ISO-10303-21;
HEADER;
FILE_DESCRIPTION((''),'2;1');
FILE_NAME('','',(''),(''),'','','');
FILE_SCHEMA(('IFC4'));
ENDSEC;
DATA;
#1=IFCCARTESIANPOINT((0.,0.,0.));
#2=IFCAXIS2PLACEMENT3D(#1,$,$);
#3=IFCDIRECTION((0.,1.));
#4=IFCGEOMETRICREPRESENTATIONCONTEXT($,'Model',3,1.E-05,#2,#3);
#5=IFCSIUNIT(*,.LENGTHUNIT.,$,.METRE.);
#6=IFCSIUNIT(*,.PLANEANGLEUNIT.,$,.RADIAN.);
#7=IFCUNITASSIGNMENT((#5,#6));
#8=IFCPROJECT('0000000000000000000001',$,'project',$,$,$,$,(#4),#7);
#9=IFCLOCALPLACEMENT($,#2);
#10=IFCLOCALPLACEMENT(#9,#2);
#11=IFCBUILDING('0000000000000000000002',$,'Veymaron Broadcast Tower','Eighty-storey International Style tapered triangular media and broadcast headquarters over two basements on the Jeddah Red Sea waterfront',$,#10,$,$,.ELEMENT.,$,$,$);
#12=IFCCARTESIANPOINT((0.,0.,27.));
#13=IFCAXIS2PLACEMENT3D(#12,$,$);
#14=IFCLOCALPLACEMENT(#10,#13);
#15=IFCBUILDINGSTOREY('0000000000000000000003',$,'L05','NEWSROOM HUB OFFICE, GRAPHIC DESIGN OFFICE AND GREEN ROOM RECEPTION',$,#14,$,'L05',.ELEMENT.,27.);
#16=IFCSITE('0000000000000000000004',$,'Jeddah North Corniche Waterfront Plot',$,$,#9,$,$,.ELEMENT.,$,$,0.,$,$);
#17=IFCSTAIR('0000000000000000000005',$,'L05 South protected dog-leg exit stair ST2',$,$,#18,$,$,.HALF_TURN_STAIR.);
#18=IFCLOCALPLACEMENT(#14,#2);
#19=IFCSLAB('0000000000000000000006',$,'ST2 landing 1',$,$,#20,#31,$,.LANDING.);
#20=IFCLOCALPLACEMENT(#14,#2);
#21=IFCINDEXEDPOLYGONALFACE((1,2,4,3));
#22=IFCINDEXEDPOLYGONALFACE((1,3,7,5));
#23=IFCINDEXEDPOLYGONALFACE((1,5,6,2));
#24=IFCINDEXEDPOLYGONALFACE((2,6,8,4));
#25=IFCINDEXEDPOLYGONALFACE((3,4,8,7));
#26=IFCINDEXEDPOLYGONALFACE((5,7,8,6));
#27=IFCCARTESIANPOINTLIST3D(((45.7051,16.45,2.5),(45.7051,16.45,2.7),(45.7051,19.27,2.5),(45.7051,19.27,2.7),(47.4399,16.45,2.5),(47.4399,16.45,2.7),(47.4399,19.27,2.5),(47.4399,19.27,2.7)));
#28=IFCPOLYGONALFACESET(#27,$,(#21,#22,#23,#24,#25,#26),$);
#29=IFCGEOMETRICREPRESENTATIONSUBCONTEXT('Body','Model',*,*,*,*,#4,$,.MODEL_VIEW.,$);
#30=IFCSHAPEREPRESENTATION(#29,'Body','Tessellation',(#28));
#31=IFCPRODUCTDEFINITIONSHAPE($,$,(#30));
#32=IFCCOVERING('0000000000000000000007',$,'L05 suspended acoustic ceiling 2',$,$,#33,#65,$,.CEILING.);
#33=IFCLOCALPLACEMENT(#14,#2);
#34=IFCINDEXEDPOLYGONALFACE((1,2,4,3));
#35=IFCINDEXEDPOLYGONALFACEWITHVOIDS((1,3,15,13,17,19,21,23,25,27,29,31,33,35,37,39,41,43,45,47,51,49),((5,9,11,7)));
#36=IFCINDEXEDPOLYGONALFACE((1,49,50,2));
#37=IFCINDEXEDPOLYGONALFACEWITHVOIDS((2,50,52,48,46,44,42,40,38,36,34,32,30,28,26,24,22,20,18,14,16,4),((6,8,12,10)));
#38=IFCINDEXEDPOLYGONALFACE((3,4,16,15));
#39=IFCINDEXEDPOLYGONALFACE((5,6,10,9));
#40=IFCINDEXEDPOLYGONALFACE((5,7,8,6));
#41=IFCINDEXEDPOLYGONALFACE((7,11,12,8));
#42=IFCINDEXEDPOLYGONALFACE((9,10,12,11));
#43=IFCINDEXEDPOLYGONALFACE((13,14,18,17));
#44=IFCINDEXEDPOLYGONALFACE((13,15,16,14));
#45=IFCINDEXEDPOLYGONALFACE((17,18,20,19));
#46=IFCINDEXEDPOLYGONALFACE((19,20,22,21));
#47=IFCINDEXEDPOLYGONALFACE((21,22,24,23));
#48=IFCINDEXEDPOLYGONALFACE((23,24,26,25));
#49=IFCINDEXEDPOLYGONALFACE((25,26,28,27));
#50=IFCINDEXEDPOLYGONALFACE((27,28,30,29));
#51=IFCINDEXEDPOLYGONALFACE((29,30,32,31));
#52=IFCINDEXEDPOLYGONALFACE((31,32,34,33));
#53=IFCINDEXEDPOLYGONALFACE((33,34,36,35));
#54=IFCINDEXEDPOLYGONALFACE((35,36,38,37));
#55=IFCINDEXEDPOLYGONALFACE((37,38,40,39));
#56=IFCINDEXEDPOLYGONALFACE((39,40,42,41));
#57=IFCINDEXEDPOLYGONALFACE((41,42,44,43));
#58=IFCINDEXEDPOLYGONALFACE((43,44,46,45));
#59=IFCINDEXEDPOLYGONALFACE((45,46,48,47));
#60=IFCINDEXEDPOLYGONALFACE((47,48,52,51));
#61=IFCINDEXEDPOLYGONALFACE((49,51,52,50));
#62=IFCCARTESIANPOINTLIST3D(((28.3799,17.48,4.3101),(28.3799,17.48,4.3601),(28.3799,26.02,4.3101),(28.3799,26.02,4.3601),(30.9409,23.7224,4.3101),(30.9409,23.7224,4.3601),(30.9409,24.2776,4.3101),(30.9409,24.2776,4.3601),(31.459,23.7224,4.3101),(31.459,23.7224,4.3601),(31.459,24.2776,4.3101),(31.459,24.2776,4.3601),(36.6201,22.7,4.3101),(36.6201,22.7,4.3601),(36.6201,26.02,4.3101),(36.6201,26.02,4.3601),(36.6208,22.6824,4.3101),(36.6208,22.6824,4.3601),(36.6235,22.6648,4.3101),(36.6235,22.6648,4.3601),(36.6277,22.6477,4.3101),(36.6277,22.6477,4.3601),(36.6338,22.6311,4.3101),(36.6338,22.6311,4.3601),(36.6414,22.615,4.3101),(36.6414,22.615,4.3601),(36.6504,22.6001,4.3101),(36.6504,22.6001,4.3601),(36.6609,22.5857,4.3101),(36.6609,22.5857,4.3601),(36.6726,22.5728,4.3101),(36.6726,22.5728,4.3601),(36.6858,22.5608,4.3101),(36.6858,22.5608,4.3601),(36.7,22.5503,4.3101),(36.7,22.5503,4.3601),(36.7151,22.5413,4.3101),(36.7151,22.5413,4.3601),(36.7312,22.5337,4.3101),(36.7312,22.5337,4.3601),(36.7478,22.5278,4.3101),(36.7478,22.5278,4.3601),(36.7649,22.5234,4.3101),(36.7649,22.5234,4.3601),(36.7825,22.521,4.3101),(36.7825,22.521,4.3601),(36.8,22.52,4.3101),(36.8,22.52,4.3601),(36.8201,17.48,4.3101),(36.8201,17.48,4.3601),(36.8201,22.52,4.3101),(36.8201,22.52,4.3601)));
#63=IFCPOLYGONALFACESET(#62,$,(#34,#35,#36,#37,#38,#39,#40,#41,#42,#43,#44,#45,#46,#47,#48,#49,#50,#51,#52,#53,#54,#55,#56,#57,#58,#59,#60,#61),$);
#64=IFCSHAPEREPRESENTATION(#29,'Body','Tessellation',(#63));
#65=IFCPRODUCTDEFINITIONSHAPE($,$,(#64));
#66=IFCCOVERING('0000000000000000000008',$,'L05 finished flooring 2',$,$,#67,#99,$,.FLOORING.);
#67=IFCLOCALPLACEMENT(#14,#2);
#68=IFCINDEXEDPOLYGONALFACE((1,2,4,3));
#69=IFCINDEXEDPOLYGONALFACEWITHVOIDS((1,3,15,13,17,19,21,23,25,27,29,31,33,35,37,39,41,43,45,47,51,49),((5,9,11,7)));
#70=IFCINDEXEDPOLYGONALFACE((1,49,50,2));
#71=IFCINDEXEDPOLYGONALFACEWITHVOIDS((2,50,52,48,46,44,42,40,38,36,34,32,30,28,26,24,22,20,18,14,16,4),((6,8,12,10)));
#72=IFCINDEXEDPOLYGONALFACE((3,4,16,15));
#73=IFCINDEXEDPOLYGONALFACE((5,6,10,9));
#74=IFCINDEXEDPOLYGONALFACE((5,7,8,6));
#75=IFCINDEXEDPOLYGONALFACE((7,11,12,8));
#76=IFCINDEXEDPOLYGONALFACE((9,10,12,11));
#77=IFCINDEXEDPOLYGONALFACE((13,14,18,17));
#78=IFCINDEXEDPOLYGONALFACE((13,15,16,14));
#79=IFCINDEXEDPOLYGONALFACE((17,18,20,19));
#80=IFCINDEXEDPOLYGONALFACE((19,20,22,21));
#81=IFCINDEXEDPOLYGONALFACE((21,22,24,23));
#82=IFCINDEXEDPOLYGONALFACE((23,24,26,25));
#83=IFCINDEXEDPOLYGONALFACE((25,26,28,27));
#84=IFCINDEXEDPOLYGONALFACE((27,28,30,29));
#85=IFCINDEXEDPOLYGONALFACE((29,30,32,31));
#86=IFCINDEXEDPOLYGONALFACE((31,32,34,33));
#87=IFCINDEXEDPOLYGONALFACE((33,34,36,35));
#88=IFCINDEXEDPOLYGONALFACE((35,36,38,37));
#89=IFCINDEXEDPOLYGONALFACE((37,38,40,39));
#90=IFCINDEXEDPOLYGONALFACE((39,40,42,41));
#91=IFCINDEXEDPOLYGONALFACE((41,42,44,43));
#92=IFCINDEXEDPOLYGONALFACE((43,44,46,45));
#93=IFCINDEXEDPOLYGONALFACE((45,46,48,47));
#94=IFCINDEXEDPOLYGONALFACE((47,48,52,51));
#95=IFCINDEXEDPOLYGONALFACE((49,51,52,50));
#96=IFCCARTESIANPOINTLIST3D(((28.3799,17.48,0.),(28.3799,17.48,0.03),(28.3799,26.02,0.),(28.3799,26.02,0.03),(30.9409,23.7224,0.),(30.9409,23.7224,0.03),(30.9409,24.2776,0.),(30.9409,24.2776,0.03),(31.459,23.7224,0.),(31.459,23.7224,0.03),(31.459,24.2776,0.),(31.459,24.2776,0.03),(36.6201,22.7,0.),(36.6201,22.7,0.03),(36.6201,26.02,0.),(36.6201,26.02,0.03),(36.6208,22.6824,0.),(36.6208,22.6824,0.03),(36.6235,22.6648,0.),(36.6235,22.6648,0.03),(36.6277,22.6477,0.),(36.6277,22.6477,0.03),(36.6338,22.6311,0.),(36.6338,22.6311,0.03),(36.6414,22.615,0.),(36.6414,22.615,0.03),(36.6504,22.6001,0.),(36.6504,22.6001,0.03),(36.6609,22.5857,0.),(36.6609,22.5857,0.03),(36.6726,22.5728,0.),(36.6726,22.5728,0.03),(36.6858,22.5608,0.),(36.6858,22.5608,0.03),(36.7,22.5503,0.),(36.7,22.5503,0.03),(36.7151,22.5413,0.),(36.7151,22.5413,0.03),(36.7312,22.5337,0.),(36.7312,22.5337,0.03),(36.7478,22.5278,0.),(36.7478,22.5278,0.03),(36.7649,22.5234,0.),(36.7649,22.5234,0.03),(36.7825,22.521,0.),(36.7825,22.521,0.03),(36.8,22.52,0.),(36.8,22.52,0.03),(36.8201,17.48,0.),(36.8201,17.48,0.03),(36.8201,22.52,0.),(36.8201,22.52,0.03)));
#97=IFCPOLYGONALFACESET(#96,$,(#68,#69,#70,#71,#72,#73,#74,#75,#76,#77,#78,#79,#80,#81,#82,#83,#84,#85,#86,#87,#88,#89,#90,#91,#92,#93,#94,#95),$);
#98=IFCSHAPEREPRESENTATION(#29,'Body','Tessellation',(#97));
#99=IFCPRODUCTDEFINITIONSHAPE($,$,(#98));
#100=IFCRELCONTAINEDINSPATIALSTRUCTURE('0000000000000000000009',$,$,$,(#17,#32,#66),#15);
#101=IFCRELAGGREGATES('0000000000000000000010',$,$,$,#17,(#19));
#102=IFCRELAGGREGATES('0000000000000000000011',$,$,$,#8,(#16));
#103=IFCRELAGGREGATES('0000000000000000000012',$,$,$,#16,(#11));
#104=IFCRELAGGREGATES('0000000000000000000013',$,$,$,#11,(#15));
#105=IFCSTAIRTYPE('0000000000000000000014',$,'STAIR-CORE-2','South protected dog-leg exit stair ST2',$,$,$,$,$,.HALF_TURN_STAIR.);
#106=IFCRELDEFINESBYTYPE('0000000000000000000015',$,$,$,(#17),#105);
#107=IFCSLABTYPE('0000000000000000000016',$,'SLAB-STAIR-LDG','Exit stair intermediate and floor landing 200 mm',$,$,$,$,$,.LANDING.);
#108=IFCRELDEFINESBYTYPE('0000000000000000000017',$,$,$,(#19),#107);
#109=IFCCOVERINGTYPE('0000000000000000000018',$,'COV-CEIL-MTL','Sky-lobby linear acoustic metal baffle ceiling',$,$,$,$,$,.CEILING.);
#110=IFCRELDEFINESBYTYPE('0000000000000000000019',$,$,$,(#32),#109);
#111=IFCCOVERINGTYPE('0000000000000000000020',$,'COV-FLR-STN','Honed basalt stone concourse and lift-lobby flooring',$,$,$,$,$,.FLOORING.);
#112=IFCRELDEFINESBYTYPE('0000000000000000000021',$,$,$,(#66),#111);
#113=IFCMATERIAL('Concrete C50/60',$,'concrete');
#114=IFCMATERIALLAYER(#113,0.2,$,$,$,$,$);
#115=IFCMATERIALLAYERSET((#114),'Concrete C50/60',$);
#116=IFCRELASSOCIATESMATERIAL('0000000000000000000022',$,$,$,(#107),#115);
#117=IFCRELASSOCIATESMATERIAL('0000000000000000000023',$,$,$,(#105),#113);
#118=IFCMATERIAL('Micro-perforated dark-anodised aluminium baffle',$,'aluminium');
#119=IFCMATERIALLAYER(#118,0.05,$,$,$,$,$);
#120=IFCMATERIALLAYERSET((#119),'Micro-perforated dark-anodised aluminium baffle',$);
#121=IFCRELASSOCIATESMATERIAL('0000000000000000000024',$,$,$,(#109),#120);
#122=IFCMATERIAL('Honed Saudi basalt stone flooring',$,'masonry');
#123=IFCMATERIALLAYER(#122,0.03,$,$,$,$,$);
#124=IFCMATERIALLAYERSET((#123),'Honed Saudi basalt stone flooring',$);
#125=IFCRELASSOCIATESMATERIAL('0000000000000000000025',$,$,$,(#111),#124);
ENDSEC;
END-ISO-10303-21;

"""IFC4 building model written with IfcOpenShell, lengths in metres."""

from ifc_helpers import new_model, si_unit, direction, frame, origin, place, context, subcontext, project, spatial, polyline, outline, extrude, material, layer, layer_set, type_object, element, aggregate, save


model = new_model("IFC4")

# Units and contexts
model_context = context("Model", 3, precision=1e-05, world=origin(), true_north=direction((0.0, 1.0)))
body_context = subcontext(model_context, "Body", "Model", "MODEL_VIEW")
ifc_project = project(units=[si_unit("LENGTHUNIT", "METRE"), si_unit("PLANEANGLEUNIT", "RADIAN")], contexts=[model_context])

# Site, building, storey
site_placement = place(None, origin())
site = spatial("IfcSite", under=ifc_project, at=site_placement, Name="Jeddah North Corniche Waterfront Plot", CompositionType="ELEMENT", RefElevation=0.0)
building_placement = place(site_placement, origin())
building = spatial("IfcBuilding", under=site, at=building_placement, Name="Veymaron Broadcast Tower", Description="Eighty-storey International Style tapered triangular media and broadcast headquarters over two basements on the Jeddah Red Sea waterfront", CompositionType="ELEMENT")
storey_placement = place(building_placement, frame((0.0, 0.0, 27.0)))
storey = spatial("IfcBuildingStorey", under=building, at=storey_placement, Name="L05", Description="NEWSROOM HUB OFFICE, GRAPHIC DESIGN OFFICE AND GREEN ROOM RECEPTION", LongName="L05", CompositionType="ELEMENT", Elevation=27.0)

# Shared definitions
ifc_material_1 = material(Name="Concrete C50/60", Category="concrete")

# Stair, slab
ifc_layer_1 = layer(ifc_material_1, 0.2)
ifc_layer_set_1 = layer_set([ifc_layer_1], Name="Concrete C50/60")
slab_type_1 = type_object("IfcSlabType", Name="SLAB-STAIR-LDG", Description="Exit stair intermediate and floor landing 200 mm", PredefinedType="LANDING", material=ifc_layer_set_1)
stair_type_1 = type_object("IfcStairType", Name="STAIR-CORE-2", Description="South protected dog-leg exit stair ST2", PredefinedType="HALF_TURN_STAIR", material=ifc_material_1)
stair_1_placement = place(storey_placement, origin())
stair_1 = element("IfcStair", 1, at=stair_1_placement, inside=storey, type_object=stair_type_1, Name="L05 South protected dog-leg exit stair ST2", PredefinedType="HALF_TURN_STAIR")
slab_1_placement = place(storey_placement, frame((0.0, 0.0, 2.5)))
slab_1 = element("IfcSlab", 2, at=slab_1_placement, type_object=slab_type_1, Name="ST2 landing 1", PredefinedType="LANDING", context=body_context, shape_type="SweptSolid", body=[
    extrude(outline(polyline([(45.7051, 16.45), (47.4399, 16.45), (47.4399, 19.27), (45.7051, 19.27), (45.7051, 16.45)])), origin(), (0.0, 0.0, 1.0), 0.2),
])
aggregate(stair_1, [slab_1])

# Coverings
ifc_material_2 = material(Name="Micro-perforated dark-anodised aluminium baffle", Category="aluminium")
ifc_layer_2 = layer(ifc_material_2, 0.05)
ifc_layer_set_2 = layer_set([ifc_layer_2], Name="Micro-perforated dark-anodised aluminium baffle")
covering_type_1 = type_object("IfcCoveringType", Name="COV-CEIL-MTL", Description="Sky-lobby linear acoustic metal baffle ceiling", PredefinedType="CEILING", material=ifc_layer_set_2)
covering_1_placement = place(storey_placement, frame((0.0, 0.0, 4.3101)))
element("IfcCovering", 3, at=covering_1_placement, inside=storey, type_object=covering_type_1, Name="L05 suspended acoustic ceiling 2", PredefinedType="CEILING", context=body_context, shape_type="SweptSolid", body=[
    extrude(outline(polyline([(36.6208, 22.6824), (36.6235, 22.6648), (36.6277, 22.6477), (36.6338, 22.6311), (36.6414, 22.615), (36.6504, 22.6001), (36.6609, 22.5857), (36.6726, 22.5728), (36.6858, 22.5608), (36.7, 22.5503), (36.7151, 22.5413), (36.7312, 22.5337), (36.7478, 22.5278), (36.7649, 22.5234), (36.7825, 22.521), (36.8, 22.52), (36.8201, 22.52), (36.8201, 17.48), (28.3799, 17.48), (28.3799, 26.02), (36.6201, 26.02), (36.6201, 22.7), (36.6208, 22.6824)]), holes=[polyline([(31.459, 24.2776), (30.9409, 24.2776), (30.9409, 23.7224), (31.459, 23.7224), (31.459, 24.2776)])]), origin(), (0.0, 0.0, 1.0), 0.05),
])
ifc_material_3 = material(Name="Honed Saudi basalt stone flooring", Category="masonry")
ifc_layer_3 = layer(ifc_material_3, 0.03)
ifc_layer_set_3 = layer_set([ifc_layer_3], Name="Honed Saudi basalt stone flooring")
covering_type_2 = type_object("IfcCoveringType", Name="COV-FLR-STN", Description="Honed basalt stone concourse and lift-lobby flooring", PredefinedType="FLOORING", material=ifc_layer_set_3)
covering_2_placement = place(storey_placement, origin())
element("IfcCovering", 4, at=covering_2_placement, inside=storey, type_object=covering_type_2, Name="L05 finished flooring 2", PredefinedType="FLOORING", context=body_context, shape_type="SweptSolid", body=[
    extrude(outline(polyline([(36.6208, 22.6824), (36.6235, 22.6648), (36.6277, 22.6477), (36.6338, 22.6311), (36.6414, 22.615), (36.6504, 22.6001), (36.6609, 22.5857), (36.6726, 22.5728), (36.6858, 22.5608), (36.7, 22.5503), (36.7151, 22.5413), (36.7312, 22.5337), (36.7478, 22.5278), (36.7649, 22.5234), (36.7825, 22.521), (36.8, 22.52), (36.8201, 22.52), (36.8201, 17.48), (28.3799, 17.48), (28.3799, 26.02), (36.6201, 26.02), (36.6201, 22.7), (36.6208, 22.6824)]), holes=[polyline([(31.459, 24.2776), (30.9409, 24.2776), (30.9409, 23.7224), (31.459, 23.7224), (31.459, 24.2776)])]), origin(), (0.0, 0.0, 1.0), 0.03),
])

save(model, "model.ifc")
